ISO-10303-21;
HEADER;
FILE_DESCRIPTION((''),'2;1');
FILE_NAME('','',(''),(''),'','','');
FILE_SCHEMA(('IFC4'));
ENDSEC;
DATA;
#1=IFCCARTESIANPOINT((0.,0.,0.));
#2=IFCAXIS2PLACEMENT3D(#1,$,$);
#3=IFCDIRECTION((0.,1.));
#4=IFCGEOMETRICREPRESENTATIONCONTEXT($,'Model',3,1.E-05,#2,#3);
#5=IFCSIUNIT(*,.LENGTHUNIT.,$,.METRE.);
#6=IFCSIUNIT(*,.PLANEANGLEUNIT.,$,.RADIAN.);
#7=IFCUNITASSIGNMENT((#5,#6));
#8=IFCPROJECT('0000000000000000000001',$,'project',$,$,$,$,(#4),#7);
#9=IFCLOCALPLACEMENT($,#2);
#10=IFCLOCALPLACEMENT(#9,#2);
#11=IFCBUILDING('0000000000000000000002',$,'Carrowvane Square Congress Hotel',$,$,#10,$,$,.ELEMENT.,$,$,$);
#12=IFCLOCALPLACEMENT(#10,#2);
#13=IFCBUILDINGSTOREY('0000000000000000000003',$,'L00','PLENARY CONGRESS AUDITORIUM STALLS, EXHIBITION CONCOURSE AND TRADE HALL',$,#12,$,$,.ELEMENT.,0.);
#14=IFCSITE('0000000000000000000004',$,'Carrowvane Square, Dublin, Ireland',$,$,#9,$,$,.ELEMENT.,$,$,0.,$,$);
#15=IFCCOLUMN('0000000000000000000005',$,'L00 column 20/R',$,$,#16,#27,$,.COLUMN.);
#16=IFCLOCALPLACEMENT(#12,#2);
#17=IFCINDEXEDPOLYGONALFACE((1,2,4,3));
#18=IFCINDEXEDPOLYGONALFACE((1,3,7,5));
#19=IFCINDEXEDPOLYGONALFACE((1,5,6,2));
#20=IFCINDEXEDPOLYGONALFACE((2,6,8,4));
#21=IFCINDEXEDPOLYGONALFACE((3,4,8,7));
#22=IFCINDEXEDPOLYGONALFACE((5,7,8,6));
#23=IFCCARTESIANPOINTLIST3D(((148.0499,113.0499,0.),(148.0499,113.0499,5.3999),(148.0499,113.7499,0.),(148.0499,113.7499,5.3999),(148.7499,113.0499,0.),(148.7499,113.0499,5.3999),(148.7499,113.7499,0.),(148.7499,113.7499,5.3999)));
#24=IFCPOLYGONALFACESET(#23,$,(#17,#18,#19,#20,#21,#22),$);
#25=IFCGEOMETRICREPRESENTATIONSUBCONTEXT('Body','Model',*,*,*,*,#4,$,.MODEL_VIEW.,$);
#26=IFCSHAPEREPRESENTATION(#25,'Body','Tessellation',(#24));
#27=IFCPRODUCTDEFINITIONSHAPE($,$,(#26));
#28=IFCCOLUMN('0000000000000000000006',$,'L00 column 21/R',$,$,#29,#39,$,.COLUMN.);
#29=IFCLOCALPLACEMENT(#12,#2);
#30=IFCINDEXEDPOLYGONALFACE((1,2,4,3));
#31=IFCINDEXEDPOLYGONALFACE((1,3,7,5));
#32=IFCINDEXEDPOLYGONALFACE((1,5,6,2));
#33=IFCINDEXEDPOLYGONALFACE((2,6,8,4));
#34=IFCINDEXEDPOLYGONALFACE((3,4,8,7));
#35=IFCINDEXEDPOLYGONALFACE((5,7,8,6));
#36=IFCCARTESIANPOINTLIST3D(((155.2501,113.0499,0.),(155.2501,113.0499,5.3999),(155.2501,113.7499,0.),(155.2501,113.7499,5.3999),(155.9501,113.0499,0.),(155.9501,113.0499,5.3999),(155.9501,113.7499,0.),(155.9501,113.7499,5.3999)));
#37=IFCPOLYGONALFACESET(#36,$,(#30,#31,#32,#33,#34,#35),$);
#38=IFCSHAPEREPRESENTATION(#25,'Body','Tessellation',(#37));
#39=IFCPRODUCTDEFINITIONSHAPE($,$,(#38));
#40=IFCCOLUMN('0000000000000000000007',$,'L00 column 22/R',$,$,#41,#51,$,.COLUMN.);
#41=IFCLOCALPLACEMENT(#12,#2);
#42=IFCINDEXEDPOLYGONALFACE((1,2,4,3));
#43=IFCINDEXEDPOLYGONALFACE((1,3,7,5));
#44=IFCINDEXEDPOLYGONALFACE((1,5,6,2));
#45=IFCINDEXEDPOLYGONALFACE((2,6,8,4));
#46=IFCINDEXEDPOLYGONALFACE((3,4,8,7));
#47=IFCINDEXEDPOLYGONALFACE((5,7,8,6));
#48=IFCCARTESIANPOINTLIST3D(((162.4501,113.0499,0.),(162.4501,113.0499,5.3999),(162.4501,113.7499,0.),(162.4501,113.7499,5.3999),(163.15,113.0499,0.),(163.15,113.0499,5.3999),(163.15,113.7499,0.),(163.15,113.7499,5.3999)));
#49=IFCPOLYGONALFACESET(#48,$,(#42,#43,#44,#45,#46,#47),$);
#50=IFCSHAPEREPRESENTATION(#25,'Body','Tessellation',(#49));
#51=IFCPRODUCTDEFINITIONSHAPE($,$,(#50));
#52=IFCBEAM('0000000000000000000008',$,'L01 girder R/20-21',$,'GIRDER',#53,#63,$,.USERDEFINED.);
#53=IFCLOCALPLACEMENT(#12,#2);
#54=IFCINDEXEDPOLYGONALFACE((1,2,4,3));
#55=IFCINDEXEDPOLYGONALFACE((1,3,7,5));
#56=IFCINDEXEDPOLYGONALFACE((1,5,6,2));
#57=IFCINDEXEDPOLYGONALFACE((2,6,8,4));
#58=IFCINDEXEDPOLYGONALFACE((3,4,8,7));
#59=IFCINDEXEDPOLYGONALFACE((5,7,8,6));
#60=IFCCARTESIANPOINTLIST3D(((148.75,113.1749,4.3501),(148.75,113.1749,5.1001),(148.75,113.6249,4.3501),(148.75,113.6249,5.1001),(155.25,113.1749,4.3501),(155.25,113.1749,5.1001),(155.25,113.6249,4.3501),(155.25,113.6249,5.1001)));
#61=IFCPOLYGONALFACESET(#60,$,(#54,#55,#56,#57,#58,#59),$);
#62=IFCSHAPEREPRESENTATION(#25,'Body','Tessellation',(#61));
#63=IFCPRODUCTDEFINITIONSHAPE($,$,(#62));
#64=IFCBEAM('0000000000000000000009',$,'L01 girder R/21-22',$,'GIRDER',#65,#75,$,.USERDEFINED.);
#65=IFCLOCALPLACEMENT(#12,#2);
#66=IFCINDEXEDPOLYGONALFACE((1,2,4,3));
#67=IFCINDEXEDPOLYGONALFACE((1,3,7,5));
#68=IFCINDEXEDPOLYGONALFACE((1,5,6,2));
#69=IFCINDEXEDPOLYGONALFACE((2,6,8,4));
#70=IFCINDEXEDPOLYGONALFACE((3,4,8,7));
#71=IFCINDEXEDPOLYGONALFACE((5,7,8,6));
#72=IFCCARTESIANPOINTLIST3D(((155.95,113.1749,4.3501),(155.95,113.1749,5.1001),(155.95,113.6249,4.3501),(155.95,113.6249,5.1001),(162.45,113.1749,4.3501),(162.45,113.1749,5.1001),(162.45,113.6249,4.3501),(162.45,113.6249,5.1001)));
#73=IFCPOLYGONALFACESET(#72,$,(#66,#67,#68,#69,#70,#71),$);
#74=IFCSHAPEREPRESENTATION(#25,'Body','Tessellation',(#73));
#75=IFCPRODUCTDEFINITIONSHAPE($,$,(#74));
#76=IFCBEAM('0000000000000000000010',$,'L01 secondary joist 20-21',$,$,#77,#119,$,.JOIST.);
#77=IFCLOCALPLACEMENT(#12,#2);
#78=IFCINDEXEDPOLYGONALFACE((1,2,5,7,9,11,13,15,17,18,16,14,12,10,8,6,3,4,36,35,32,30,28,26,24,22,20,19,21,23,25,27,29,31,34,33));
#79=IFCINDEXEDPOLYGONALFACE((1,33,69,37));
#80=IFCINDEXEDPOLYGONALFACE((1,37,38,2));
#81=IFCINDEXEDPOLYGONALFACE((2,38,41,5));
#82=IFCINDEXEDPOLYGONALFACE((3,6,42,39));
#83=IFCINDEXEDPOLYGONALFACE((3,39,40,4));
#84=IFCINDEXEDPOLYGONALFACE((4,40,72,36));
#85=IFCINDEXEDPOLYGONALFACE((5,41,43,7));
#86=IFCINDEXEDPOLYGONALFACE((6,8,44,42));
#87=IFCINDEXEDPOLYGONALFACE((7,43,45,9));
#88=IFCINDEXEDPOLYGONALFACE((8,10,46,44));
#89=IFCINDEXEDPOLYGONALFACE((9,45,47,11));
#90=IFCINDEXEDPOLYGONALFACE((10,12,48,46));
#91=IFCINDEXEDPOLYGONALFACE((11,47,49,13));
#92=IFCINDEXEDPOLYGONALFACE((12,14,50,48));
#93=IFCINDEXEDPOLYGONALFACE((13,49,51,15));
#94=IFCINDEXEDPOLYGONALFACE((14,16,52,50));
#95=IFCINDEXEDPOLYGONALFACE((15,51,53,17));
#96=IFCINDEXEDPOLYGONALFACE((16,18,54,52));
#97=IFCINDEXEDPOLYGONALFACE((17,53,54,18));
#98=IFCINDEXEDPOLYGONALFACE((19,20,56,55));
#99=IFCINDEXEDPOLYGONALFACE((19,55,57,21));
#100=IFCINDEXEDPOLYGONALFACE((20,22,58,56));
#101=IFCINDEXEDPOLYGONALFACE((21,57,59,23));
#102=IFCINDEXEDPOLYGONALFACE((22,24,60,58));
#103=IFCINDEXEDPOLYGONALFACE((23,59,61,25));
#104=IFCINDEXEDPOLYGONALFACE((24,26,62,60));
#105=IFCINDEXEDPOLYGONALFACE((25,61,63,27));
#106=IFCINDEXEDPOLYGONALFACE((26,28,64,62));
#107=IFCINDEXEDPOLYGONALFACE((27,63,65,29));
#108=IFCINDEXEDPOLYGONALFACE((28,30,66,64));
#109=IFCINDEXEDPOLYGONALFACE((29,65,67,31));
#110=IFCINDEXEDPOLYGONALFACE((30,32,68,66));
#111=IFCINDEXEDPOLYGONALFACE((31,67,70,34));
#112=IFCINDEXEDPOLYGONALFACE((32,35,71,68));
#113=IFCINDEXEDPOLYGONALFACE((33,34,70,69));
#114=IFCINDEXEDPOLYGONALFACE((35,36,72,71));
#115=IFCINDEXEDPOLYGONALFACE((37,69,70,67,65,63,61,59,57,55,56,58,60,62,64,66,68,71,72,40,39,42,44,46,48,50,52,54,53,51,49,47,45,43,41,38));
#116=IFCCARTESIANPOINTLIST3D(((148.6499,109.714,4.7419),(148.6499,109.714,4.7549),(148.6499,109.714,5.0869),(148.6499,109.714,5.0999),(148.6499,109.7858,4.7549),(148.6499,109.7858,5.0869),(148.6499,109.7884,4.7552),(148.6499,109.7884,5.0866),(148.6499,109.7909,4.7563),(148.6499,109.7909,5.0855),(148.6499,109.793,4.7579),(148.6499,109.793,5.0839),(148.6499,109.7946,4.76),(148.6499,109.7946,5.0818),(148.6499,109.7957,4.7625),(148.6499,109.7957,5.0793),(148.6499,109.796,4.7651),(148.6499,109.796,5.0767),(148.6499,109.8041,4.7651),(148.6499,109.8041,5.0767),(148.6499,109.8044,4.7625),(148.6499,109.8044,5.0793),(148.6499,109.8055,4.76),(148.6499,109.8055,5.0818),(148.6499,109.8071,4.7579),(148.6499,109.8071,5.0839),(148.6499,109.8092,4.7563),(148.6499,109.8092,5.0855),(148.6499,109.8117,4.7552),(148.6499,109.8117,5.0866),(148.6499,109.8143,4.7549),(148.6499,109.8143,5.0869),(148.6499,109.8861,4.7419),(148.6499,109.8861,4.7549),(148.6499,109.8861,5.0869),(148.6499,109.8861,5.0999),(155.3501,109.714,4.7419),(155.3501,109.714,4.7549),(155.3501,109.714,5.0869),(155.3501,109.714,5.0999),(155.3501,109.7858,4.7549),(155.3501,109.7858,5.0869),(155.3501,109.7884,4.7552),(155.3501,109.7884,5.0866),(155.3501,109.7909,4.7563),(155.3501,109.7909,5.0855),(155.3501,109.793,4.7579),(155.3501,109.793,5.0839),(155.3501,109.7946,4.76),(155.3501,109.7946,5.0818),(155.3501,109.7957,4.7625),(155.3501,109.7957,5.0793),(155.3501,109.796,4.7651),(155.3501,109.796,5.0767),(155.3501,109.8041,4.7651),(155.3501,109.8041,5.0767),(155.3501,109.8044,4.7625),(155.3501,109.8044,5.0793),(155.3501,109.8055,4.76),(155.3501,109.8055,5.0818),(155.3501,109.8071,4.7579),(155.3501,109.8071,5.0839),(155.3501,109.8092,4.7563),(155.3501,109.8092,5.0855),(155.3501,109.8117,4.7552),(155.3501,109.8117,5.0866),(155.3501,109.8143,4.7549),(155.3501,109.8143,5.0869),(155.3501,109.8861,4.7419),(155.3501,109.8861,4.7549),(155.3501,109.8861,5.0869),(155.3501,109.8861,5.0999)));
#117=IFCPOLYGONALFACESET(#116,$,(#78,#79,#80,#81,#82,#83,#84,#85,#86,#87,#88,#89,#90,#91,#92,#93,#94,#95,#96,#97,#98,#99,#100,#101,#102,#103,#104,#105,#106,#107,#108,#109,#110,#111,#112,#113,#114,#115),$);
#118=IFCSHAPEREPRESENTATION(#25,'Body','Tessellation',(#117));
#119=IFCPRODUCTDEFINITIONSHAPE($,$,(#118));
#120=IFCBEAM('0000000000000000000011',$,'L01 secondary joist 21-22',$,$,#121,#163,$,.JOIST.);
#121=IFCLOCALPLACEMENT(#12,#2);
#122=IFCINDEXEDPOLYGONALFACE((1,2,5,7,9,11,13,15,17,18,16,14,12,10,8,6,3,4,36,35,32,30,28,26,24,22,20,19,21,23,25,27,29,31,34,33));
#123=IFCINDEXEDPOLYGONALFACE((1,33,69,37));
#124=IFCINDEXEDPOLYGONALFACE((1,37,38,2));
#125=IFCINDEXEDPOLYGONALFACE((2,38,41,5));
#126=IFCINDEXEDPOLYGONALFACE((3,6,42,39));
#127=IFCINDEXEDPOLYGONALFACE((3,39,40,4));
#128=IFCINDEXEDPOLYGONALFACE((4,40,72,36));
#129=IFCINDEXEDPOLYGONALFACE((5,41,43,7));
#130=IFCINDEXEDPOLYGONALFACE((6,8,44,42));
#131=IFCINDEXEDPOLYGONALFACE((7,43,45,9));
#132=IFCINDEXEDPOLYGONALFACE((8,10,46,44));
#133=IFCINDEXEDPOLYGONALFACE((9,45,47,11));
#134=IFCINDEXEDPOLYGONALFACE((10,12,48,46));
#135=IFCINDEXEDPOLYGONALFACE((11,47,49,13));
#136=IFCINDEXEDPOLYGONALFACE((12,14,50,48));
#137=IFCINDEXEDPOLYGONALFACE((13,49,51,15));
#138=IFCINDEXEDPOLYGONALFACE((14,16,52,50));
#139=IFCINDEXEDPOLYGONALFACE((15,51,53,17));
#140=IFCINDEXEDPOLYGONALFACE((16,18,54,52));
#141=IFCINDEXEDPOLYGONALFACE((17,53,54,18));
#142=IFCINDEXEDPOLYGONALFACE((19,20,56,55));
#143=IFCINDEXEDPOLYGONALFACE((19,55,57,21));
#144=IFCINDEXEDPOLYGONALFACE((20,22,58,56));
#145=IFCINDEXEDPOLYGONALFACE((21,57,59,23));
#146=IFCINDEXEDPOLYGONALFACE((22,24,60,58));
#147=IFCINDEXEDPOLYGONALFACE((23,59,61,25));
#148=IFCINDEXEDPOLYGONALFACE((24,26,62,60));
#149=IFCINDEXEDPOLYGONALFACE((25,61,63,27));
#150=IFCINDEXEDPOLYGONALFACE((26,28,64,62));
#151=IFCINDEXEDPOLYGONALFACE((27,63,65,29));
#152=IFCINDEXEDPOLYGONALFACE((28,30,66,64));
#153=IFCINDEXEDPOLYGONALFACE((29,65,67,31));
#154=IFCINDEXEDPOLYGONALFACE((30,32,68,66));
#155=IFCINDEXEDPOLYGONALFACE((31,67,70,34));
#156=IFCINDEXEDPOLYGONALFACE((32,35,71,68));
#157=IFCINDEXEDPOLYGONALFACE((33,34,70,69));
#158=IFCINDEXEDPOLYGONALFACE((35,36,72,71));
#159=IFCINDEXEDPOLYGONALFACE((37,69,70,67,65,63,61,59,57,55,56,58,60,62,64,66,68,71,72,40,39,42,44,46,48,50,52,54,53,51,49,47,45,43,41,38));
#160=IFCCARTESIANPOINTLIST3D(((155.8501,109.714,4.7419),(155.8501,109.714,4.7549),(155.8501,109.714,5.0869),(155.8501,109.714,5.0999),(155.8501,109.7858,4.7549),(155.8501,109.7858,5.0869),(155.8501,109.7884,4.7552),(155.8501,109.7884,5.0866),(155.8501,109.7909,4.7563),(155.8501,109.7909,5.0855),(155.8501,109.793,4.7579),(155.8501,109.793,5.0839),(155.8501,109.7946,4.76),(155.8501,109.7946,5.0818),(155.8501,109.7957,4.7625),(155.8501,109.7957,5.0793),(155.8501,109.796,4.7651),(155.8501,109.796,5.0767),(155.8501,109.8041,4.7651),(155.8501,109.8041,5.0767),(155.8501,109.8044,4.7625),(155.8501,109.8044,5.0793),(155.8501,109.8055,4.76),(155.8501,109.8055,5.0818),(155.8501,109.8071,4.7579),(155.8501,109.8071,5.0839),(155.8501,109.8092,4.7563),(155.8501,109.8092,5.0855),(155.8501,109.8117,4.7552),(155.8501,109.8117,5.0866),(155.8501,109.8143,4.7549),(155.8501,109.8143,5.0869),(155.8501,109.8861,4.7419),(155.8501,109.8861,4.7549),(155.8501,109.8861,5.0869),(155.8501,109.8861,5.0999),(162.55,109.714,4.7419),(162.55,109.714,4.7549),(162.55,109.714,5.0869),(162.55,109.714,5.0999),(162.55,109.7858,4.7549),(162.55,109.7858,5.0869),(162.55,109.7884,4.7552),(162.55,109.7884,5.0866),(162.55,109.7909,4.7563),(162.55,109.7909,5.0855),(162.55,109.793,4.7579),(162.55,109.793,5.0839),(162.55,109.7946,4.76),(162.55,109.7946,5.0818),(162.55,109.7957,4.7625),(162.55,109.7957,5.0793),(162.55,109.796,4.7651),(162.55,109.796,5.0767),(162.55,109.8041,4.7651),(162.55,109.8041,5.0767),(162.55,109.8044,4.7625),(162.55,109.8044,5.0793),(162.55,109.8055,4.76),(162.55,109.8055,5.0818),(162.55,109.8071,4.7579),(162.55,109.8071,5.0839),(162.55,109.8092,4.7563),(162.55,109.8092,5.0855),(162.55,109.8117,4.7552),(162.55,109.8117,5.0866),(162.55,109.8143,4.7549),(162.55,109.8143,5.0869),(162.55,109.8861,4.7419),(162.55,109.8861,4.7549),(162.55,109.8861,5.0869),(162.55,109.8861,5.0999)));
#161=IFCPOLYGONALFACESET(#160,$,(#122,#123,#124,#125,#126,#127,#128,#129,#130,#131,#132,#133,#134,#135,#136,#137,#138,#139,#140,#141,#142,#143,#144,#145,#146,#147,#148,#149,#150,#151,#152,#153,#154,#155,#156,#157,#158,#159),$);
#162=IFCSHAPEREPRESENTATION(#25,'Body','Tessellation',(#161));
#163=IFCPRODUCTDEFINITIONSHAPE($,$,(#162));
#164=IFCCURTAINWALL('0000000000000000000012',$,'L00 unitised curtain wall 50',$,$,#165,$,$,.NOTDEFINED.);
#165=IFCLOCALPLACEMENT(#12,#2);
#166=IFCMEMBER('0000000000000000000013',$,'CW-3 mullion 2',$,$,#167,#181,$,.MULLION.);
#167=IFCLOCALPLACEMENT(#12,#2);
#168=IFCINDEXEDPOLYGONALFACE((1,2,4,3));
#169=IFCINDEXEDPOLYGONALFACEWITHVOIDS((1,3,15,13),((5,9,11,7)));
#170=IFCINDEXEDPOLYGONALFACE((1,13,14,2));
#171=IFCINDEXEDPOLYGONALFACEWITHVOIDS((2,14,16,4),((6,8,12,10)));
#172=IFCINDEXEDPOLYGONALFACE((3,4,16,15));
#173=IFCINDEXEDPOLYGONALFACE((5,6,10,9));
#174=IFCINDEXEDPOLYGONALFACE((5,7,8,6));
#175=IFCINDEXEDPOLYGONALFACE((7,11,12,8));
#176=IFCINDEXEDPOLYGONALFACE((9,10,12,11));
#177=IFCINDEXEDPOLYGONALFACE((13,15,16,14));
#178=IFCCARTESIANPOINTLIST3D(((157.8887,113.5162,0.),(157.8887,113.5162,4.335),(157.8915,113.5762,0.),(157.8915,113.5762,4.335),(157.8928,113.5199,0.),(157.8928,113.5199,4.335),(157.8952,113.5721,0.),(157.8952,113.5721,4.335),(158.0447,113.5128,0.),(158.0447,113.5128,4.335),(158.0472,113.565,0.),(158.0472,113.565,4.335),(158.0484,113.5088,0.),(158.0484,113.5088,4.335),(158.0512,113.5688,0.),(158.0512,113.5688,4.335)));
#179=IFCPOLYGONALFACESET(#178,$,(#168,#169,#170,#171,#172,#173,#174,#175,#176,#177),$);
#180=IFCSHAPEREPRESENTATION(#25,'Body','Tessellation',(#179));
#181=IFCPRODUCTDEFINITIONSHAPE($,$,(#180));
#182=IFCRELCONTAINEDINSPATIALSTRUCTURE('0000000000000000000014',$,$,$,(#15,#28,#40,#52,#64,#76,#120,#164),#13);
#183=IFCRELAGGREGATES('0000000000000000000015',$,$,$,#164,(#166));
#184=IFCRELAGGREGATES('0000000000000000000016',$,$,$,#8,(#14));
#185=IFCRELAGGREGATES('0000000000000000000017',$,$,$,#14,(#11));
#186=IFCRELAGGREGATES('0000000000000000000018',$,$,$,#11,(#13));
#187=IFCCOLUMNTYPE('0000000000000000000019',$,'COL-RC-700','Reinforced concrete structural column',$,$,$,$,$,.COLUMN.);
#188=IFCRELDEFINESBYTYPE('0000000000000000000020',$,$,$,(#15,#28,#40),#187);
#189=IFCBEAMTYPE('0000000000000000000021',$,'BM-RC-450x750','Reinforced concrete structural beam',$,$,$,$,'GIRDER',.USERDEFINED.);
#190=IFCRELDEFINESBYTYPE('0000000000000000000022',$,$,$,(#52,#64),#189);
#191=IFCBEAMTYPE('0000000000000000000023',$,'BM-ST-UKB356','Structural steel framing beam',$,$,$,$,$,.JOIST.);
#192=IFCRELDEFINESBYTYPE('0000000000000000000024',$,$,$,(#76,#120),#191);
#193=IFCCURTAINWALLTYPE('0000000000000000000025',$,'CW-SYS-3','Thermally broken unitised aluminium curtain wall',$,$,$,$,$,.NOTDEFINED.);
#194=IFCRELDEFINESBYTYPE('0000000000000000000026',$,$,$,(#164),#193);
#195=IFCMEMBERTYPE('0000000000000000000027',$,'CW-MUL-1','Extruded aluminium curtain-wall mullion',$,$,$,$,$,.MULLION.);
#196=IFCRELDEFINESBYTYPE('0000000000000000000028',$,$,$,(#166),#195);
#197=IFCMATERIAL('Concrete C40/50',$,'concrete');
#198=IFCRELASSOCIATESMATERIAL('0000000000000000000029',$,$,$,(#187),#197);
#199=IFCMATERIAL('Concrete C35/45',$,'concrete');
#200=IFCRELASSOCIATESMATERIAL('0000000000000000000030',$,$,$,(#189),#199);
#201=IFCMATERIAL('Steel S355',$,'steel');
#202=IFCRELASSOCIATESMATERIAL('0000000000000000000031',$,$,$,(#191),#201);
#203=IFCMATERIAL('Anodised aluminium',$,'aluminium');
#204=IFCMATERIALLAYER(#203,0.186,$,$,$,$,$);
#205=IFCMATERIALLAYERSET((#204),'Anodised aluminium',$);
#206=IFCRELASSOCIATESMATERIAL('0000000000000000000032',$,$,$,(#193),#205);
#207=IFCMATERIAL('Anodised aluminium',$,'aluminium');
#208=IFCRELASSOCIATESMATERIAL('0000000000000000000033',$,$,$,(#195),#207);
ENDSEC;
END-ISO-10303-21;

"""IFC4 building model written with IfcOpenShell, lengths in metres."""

from ifc_helpers import new_model, si_unit, direction, frame, origin, origin_2d, place, context, subcontext, project, spatial, rectangle, hollow_rectangle, i_section, extrude, material, layer, layer_set, material_profile, profile_set, type_object, element, aggregate, save


model = new_model("IFC4")

# Units and contexts
model_context = context("Model", 3, precision=1e-05, world=origin(), true_north=direction((0.0, 1.0)))
body_context = subcontext(model_context, "Body", "Model", "MODEL_VIEW")
ifc_project = project(units=[si_unit("LENGTHUNIT", "METRE"), si_unit("PLANEANGLEUNIT", "RADIAN")], contexts=[model_context])

# Site, building, storey
site_placement = place(None, origin())
site = spatial("IfcSite", under=ifc_project, at=site_placement, Name="Carrowvane Square, Dublin, Ireland", CompositionType="ELEMENT", RefElevation=0.0)
building_placement = place(site_placement, origin())
building = spatial("IfcBuilding", under=site, at=building_placement, Name="Carrowvane Square Congress Hotel", CompositionType="ELEMENT")
storey_placement = place(building_placement, origin())
storey = spatial("IfcBuildingStorey", under=building, at=storey_placement, Name="L00", Description="PLENARY CONGRESS AUDITORIUM STALLS, EXHIBITION CONCOURSE AND TRADE HALL", CompositionType="ELEMENT", Elevation=0.0)

# Columns
ifc_material_1 = material(Name="Concrete C40/50", Category="concrete")
ifc_material_profile_1 = material_profile(ifc_material_1, rectangle(XDim=0.7, YDim=0.7, at=origin_2d()), Name="RC 700x700")
ifc_profile_set_1 = profile_set([ifc_material_profile_1], Name="Concrete C40/50")
column_type = type_object("IfcColumnType", Name="COL-RC-700", Description="Reinforced concrete structural column", PredefinedType="COLUMN", material=ifc_profile_set_1)
for number, where, z_axis, x_axis, name in (
    (1, (148.3999, 113.3999, 0.0), (0.0, 0.0, 1.0), (1.0, 0.0, 0.0), "L00 column 20/R"),
    (2, (155.6001, 113.3999, 0.0), (0.0, 0.0, 1.0), (1.0, 0.0, 0.0), "L00 column 21/R"),
    (3, (162.8, 113.3999, 0.0), (0.0, 0.0, 1.0), (1.0, 0.0, 0.0), "L00 column 22/R"),
):
    element("IfcColumn", number, at=place(storey_placement, frame(where, z_axis=z_axis, x_axis=x_axis)), inside=storey, type_object=column_type, Name=name, PredefinedType="COLUMN", context=body_context, shape_type="SweptSolid", body=[
        extrude(rectangle(XDim=0.7, YDim=0.7, at=origin_2d()), origin(), (0.0, 0.0, 1.0), 5.3999),
    ])

# Beams
ifc_material_2 = material(Name="Concrete C35/45", Category="concrete")
ifc_material_profile_2 = material_profile(ifc_material_2, rectangle(XDim=0.45, YDim=0.75, at=origin_2d()), Name="RC 450x750")
ifc_profile_set_2 = profile_set([ifc_material_profile_2], Name="Concrete C35/45")
beam_type_1 = type_object("IfcBeamType", Name="BM-RC-450x750", Description="Reinforced concrete structural beam", ElementType="GIRDER", PredefinedType="USERDEFINED", material=ifc_profile_set_2)
for number, where, z_axis, x_axis, name in (
    (4, (148.75, 113.3999, 4.7251), (1.0, 0.0, 0.0), (0.0, 1.0, 0.0), "L01 girder R/20-21"),
    (5, (155.95, 113.3999, 4.7251), (1.0, 0.0, 0.0), (0.0, 1.0, 0.0), "L01 girder R/21-22"),
):
    element("IfcBeam", number, at=place(storey_placement, frame(where, z_axis=z_axis, x_axis=x_axis)), inside=storey, type_object=beam_type_1, Name=name, ObjectType="GIRDER", PredefinedType="USERDEFINED", context=body_context, shape_type="SweptSolid", body=[
        extrude(rectangle(XDim=0.45, YDim=0.75, at=origin_2d()), origin(), (0.0, 0.0, 1.0), 6.5),
    ])
ifc_material_3 = material(Name="Steel S355", Category="steel")
ifc_material_profile_3 = material_profile(ifc_material_3, i_section(OverallWidth=0.1721, OverallDepth=0.3579, WebThickness=0.0081, FlangeThickness=0.0129, FilletRadius=0.0103, at=origin_2d()), Name="UKB 356x171x57")
ifc_profile_set_3 = profile_set([ifc_material_profile_3], Name="Steel S355")
beam_type_2 = type_object("IfcBeamType", Name="BM-ST-UKB356", Description="Structural steel framing beam", PredefinedType="JOIST", material=ifc_profile_set_3)
beam_1_placement = place(storey_placement, frame((148.6499, 109.8, 4.9209), z_axis=(1.0, 0.0, 0.0), x_axis=(0.0, 1.0, 0.0)))
element("IfcBeam", 6, at=beam_1_placement, inside=storey, type_object=beam_type_2, Name="L01 secondary joist 20-21", PredefinedType="JOIST", context=body_context, shape_type="SweptSolid", body=[
    extrude(i_section(OverallWidth=0.1721, OverallDepth=0.3579, WebThickness=0.0081, FlangeThickness=0.0129, FilletRadius=0.0103, at=origin_2d()), origin(), (0.0, 0.0, 1.0), 6.7002),
])
beam_2_placement = place(storey_placement, frame((155.8501, 109.8, 4.9209), z_axis=(1.0, 0.0, 0.0), x_axis=(0.0, 1.0, 0.0)))
element("IfcBeam", 7, at=beam_2_placement, inside=storey, type_object=beam_type_2, Name="L01 secondary joist 21-22", PredefinedType="JOIST", context=body_context, shape_type="SweptSolid", body=[
    extrude(i_section(OverallWidth=0.1721, OverallDepth=0.3579, WebThickness=0.0081, FlangeThickness=0.0129, FilletRadius=0.0103, at=origin_2d()), origin(), (0.0, 0.0, 1.0), 6.7),
])

# Curtain wall, member
ifc_material_4 = material(Name="Anodised aluminium", Category="aluminium")
ifc_layer_1 = layer(ifc_material_4, 0.186)
ifc_layer_set_1 = layer_set([ifc_layer_1], Name="Anodised aluminium")
curtain_wall_type = type_object("IfcCurtainWallType", Name="CW-SYS-3", Description="Thermally broken unitised aluminium curtain wall", PredefinedType="NOTDEFINED", material=ifc_layer_set_1)
curtain_wall_placement = place(storey_placement, origin())
curtain_wall = element("IfcCurtainWall", 8, at=curtain_wall_placement, inside=storey, type_object=curtain_wall_type, Name="L00 unitised curtain wall 50", PredefinedType="NOTDEFINED")
ifc_material_5 = material(Name="Anodised aluminium", Category="aluminium")
ifc_material_profile_4 = material_profile(ifc_material_5, hollow_rectangle(XDim=0.0601, YDim=0.1599, WallThickness=0.0039, at=origin_2d()), Name="CW-ML 60x160x4")
ifc_profile_set_4 = profile_set([ifc_material_profile_4], Name="Anodised aluminium")
member_type_1 = type_object("IfcMemberType", Name="CW-MUL-1", Description="Extruded aluminium curtain-wall mullion", PredefinedType="MULLION", material=ifc_profile_set_4)
member_1_placement = place(storey_placement, frame((157.97, 113.5425, 0.0), z_axis=(0.0, 0.0, 1.0), x_axis=(0.046517, 0.998917, 0.0)))
member_1 = element("IfcMember", 9, at=member_1_placement, type_object=member_type_1, Name="CW-3 mullion 2", PredefinedType="MULLION", context=body_context, shape_type="SweptSolid", body=[
    extrude(hollow_rectangle(XDim=0.0601, YDim=0.1599, WallThickness=0.0039, at=origin_2d()), origin(), (0.0, 0.0, 1.0), 4.335),
])
aggregate(curtain_wall, [member_1])

save(model, "model.ifc")
